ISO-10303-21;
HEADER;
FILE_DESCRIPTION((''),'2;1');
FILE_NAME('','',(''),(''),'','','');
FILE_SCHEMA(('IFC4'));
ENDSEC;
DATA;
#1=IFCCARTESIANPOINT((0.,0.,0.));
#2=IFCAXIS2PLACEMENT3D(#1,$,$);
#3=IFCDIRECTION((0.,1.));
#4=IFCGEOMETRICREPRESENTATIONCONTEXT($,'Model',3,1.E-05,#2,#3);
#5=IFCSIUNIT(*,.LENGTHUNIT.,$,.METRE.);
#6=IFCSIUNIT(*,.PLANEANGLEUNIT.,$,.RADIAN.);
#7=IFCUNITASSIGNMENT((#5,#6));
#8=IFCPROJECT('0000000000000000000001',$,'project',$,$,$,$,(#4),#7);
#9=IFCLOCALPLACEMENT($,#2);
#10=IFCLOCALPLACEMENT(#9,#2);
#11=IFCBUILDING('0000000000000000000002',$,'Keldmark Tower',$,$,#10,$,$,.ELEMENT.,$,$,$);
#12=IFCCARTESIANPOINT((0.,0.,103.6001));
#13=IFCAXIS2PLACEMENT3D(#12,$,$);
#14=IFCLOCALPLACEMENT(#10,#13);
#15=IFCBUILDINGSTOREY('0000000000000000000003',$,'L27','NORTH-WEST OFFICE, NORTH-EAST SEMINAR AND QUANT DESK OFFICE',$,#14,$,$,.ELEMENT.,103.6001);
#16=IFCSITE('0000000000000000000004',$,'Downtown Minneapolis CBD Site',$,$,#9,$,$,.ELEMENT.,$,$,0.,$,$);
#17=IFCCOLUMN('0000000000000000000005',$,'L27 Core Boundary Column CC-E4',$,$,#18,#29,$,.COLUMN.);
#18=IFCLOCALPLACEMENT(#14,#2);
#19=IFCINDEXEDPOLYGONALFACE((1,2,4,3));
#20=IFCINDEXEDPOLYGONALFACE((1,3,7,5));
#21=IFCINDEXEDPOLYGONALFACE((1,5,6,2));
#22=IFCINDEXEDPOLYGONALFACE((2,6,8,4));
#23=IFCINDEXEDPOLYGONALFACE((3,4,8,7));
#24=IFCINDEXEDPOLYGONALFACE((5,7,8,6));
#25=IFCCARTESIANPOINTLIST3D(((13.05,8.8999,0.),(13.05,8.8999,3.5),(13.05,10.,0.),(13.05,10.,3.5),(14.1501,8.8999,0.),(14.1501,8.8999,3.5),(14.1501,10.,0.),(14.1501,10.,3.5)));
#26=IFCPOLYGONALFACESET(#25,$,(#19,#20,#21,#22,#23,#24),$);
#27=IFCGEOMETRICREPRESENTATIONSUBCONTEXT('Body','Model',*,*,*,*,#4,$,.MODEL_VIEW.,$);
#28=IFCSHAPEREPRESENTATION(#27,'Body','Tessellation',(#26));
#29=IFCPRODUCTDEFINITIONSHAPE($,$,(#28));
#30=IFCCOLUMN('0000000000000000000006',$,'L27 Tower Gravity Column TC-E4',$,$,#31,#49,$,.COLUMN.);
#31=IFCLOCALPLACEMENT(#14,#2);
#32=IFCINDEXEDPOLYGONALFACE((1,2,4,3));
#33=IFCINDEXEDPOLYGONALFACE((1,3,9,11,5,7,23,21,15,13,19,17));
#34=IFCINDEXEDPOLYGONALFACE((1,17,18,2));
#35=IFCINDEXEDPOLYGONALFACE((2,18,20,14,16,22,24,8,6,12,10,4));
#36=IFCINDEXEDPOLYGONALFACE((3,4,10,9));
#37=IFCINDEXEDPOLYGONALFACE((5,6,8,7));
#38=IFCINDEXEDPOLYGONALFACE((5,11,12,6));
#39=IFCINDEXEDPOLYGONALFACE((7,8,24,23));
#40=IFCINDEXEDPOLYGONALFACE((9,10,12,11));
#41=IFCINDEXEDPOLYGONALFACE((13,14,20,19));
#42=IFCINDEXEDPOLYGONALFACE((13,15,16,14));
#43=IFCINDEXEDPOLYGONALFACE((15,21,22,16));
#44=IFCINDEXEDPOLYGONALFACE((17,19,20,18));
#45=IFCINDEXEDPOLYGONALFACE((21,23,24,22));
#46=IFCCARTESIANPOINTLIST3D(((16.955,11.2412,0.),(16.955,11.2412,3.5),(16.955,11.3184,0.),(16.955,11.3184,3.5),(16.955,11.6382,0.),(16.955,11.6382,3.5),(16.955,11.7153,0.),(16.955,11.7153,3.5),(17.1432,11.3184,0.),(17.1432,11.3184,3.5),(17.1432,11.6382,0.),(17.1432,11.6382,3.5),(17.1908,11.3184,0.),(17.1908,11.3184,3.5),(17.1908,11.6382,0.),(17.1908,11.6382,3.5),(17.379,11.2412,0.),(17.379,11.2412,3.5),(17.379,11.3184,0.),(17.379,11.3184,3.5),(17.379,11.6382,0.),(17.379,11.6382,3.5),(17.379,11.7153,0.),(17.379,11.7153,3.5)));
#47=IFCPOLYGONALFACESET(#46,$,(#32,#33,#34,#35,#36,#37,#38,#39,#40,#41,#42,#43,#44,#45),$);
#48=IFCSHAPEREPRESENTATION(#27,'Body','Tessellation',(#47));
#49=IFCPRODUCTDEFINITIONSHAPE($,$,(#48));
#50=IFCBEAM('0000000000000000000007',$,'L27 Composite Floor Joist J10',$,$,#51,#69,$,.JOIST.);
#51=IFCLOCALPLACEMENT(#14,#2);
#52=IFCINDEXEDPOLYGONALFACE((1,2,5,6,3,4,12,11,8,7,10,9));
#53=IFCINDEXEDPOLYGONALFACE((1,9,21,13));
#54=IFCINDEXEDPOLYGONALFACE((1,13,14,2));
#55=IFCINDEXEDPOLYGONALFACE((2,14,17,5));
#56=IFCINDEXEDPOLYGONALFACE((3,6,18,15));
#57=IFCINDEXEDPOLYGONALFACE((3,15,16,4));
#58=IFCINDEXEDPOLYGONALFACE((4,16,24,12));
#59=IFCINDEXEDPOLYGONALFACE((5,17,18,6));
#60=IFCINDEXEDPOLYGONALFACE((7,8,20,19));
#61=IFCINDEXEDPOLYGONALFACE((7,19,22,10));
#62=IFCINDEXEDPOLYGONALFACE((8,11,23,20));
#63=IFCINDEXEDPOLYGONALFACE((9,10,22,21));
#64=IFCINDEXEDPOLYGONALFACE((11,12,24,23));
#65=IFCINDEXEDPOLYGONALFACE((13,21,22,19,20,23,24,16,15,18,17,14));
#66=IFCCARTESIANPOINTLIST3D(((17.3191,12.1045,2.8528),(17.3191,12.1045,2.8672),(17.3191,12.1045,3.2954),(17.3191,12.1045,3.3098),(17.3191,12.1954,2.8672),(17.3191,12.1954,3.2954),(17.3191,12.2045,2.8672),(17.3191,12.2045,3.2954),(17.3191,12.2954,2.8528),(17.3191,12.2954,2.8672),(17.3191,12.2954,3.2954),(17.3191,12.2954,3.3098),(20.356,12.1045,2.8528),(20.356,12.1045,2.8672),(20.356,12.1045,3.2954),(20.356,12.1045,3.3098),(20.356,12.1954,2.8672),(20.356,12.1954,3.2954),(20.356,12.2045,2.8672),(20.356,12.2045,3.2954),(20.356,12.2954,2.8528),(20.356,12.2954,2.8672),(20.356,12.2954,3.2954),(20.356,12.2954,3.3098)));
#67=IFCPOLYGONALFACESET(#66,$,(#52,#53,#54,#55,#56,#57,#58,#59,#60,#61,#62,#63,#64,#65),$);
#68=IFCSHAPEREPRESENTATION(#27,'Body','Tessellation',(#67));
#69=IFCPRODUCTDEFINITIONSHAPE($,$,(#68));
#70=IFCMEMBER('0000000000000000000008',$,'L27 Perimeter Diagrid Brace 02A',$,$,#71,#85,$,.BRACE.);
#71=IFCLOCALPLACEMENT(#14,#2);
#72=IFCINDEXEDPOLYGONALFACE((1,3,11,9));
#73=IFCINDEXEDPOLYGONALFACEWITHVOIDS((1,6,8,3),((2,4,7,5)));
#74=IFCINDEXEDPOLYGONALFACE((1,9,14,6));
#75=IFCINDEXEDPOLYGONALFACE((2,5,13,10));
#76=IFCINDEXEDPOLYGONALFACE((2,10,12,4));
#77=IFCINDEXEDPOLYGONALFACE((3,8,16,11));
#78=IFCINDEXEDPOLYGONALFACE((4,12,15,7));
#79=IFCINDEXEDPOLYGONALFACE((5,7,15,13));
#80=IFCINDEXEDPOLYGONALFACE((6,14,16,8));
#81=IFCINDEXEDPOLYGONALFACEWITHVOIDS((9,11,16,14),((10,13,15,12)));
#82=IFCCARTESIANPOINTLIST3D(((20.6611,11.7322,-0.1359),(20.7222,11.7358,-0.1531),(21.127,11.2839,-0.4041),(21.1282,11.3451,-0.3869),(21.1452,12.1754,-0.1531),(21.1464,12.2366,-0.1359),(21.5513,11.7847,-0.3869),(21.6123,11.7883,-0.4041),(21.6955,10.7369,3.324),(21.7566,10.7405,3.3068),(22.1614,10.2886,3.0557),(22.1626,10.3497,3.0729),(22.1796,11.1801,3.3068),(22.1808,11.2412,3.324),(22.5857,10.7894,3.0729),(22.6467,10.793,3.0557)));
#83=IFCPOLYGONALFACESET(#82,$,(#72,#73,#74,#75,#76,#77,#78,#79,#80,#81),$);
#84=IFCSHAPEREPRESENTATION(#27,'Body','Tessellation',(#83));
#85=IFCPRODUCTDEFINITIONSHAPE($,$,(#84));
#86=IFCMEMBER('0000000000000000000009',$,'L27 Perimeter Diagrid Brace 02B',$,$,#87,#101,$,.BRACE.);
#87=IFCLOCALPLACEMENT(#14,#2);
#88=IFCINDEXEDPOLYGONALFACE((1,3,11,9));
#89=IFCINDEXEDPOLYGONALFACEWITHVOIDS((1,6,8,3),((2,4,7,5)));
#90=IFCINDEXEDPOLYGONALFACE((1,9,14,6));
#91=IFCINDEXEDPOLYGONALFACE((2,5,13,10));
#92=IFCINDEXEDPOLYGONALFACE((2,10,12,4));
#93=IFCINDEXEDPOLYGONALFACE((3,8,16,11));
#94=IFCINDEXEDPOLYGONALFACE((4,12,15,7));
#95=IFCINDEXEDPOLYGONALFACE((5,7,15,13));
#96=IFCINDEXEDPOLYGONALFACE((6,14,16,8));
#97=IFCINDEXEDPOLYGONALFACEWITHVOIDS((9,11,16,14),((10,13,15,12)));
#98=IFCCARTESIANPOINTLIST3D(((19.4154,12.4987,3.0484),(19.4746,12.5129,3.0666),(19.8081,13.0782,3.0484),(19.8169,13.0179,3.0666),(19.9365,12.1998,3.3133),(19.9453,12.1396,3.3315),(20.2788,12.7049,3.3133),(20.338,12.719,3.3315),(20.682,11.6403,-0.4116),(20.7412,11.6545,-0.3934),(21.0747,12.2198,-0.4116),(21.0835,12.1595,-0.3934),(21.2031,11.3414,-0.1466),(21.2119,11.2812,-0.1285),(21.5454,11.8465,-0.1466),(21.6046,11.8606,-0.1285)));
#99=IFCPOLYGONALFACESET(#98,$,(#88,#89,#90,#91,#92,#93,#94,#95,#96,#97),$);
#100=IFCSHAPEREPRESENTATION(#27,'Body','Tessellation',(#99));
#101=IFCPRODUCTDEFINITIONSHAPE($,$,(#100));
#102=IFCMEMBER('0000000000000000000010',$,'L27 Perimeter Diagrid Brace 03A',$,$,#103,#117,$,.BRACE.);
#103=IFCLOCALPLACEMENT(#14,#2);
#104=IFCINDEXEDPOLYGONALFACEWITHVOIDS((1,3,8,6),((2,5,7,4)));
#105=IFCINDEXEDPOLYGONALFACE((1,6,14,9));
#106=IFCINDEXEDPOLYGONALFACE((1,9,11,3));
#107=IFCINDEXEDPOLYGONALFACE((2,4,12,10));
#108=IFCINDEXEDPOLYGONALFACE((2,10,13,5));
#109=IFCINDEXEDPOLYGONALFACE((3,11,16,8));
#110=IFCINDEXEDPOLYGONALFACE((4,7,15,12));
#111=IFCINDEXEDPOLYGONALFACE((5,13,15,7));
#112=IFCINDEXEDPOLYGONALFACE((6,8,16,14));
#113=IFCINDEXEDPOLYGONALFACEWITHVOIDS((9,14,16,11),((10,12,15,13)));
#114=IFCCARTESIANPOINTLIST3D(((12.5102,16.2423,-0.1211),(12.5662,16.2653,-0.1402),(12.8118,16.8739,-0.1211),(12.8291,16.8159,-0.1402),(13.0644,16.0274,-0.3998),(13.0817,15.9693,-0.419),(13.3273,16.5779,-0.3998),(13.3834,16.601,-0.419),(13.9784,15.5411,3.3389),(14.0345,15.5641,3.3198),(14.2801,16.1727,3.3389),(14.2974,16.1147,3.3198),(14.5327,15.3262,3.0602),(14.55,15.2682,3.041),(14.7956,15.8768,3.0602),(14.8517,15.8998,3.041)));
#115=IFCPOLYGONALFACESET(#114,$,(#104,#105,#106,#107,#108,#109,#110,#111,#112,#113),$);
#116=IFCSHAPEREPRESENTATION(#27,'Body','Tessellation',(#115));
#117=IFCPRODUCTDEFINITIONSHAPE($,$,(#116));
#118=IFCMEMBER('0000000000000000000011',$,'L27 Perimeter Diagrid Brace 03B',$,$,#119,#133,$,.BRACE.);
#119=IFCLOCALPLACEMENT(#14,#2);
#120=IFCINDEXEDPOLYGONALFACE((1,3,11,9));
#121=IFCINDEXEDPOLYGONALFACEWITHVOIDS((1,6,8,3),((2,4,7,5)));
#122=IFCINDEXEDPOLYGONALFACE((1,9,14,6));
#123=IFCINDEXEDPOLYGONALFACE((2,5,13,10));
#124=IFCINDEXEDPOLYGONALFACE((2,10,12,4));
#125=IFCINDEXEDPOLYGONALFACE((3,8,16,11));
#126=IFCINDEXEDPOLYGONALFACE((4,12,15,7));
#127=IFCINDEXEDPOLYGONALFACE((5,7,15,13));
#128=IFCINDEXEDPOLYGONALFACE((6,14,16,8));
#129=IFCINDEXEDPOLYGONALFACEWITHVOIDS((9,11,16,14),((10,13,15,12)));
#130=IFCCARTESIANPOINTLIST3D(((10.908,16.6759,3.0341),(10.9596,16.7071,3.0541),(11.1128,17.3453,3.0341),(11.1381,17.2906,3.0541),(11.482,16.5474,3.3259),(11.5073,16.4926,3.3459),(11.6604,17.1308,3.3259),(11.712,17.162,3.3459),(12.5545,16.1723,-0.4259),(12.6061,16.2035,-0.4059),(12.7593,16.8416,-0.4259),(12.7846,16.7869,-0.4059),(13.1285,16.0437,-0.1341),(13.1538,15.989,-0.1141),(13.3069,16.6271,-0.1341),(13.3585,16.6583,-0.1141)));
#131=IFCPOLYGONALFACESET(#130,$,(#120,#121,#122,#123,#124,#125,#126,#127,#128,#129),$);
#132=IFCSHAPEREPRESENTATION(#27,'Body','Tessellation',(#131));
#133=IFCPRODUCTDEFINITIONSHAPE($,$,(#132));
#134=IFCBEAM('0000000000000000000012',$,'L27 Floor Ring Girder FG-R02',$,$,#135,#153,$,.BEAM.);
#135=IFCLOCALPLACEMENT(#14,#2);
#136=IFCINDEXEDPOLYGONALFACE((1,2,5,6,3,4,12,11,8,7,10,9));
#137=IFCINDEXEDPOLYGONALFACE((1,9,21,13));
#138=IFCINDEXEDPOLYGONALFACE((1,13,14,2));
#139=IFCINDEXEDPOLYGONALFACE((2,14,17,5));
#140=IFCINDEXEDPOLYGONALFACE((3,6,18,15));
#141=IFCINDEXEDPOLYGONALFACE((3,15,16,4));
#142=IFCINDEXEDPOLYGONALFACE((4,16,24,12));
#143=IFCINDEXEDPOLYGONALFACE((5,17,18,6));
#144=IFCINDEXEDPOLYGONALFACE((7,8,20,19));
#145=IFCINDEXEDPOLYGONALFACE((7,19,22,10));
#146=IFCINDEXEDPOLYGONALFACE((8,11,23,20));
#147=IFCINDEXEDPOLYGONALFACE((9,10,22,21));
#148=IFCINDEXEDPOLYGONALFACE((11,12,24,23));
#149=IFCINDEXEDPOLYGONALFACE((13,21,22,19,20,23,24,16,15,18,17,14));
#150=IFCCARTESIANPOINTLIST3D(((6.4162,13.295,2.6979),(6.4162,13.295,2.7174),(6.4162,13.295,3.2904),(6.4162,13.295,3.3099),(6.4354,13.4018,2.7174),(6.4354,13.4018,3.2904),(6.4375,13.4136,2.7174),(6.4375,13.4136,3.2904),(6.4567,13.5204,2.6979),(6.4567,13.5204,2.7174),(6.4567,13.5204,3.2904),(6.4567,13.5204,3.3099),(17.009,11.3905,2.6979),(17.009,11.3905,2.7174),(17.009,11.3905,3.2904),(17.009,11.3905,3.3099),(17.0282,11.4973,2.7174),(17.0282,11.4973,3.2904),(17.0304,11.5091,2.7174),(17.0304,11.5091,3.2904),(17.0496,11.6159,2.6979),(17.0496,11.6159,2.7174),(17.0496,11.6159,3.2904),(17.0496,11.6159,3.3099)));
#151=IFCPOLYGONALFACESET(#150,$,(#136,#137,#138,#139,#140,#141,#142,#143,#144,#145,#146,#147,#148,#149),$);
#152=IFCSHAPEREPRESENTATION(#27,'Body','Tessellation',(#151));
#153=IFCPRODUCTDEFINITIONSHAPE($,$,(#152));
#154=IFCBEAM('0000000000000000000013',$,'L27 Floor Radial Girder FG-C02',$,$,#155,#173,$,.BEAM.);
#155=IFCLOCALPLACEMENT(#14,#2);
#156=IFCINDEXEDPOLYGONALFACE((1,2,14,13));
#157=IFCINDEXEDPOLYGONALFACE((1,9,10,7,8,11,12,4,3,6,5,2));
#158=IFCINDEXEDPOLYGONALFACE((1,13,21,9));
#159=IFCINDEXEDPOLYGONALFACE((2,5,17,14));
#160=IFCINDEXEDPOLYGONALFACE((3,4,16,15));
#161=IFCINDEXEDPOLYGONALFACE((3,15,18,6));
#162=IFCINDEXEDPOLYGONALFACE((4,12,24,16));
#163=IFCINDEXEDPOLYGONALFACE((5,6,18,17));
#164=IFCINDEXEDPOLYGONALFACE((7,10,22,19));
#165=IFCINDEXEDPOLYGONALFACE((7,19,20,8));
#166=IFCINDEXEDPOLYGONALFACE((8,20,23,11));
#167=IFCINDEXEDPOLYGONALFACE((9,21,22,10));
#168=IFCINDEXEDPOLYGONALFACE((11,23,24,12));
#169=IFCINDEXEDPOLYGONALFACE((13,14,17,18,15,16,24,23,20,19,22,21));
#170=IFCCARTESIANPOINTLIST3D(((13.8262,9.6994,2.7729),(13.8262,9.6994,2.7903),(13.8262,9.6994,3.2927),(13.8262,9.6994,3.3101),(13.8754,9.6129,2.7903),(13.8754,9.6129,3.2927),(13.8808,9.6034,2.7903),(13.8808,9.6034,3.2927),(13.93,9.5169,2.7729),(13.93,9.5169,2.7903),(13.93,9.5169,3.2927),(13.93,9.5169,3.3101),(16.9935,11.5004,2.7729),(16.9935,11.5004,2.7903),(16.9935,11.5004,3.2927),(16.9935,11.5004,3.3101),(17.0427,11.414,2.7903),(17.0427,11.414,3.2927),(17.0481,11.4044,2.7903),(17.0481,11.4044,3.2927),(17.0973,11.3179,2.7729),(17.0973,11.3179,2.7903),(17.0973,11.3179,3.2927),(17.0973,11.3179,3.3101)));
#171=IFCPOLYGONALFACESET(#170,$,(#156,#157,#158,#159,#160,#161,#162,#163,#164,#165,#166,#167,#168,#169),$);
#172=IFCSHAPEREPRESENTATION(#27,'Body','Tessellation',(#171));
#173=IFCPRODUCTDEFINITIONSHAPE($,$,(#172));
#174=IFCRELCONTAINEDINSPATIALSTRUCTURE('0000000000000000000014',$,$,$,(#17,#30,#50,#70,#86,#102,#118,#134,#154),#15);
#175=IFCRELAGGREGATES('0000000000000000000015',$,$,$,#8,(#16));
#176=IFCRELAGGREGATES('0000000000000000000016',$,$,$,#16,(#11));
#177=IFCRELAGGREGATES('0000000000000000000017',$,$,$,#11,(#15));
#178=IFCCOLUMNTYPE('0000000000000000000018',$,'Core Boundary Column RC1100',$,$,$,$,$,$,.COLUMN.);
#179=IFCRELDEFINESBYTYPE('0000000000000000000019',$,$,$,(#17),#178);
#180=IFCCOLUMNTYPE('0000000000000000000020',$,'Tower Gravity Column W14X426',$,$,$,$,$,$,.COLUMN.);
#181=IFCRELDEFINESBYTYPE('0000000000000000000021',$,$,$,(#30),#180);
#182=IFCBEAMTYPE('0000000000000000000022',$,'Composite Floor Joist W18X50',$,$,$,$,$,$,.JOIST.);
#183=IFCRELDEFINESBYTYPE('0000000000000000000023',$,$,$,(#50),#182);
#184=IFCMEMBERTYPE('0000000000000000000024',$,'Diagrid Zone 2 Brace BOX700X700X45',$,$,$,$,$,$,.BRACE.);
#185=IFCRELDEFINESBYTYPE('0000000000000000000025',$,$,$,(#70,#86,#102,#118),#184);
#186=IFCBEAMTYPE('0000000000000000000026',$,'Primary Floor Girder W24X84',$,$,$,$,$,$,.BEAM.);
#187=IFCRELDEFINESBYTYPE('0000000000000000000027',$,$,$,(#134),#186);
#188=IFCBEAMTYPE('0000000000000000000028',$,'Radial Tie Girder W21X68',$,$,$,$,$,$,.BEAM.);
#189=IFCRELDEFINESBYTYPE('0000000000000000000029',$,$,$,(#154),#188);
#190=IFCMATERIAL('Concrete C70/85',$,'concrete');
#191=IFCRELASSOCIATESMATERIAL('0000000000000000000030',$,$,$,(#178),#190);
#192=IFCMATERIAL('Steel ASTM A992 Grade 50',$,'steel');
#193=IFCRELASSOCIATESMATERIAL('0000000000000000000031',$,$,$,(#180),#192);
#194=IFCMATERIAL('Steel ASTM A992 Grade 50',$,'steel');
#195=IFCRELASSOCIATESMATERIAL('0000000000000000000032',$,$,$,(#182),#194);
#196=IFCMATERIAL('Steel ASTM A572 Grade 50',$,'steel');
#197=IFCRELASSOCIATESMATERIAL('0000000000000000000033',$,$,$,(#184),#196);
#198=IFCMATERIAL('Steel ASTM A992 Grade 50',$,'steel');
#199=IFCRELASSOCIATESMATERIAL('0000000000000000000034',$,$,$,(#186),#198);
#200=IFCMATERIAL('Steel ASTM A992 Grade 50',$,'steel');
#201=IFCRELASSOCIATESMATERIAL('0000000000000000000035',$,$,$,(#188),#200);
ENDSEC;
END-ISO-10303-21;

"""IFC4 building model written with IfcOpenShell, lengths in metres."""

from ifc_helpers import new_model, si_unit, direction, frame, origin, origin_2d, place, context, subcontext, project, spatial, rectangle, hollow_rectangle, i_section, extrude, material, material_profile, profile_set, type_object, element, save


model = new_model("IFC4")

# Units and contexts
model_context = context("Model", 3, precision=1e-05, world=origin(), true_north=direction((0.0, 1.0)))
body_context = subcontext(model_context, "Body", "Model", "MODEL_VIEW")
ifc_project = project(units=[si_unit("LENGTHUNIT", "METRE"), si_unit("PLANEANGLEUNIT", "RADIAN")], contexts=[model_context])

# Site, building, storey
site_placement = place(None, origin())
site = spatial("IfcSite", under=ifc_project, at=site_placement, Name="Downtown Minneapolis CBD Site", CompositionType="ELEMENT", RefElevation=0.0)
building_placement = place(site_placement, origin())
building = spatial("IfcBuilding", under=site, at=building_placement, Name="Keldmark Tower", CompositionType="ELEMENT")
storey_placement = place(building_placement, frame((0.0, 0.0, 103.6001)))
storey = spatial("IfcBuildingStorey", under=building, at=storey_placement, Name="L27", Description="NORTH-WEST OFFICE, NORTH-EAST SEMINAR AND QUANT DESK OFFICE", CompositionType="ELEMENT", Elevation=103.6001)

# Columns
ifc_material_1 = material(Name="Concrete C70/85", Category="concrete")
ifc_material_profile_1 = material_profile(ifc_material_1, rectangle(XDim=1.1001, YDim=1.1001, at=origin_2d()), Name="RC1100X1100")
ifc_profile_set_1 = profile_set([ifc_material_profile_1], Name="Concrete C70/85")
column_type_1 = type_object("IfcColumnType", Name="Core Boundary Column RC1100", PredefinedType="COLUMN", material=ifc_profile_set_1)
column_1_placement = place(storey_placement, frame((13.6001, 9.45, 0.0), z_axis=(0.0, 0.0, 1.0), x_axis=(1.0, 0.0, 0.0)))
element("IfcColumn", 1, at=column_1_placement, inside=storey, type_object=column_type_1, Name="L27 Core Boundary Column CC-E4", PredefinedType="COLUMN", context=body_context, shape_type="SweptSolid", body=[
    extrude(rectangle(XDim=1.1001, YDim=1.1001, at=origin_2d()), origin(), (0.0, 0.0, 1.0), 3.5),
])
ifc_material_2 = material(Name="Steel ASTM A992 Grade 50", Category="steel")
ifc_material_profile_2 = material_profile(ifc_material_2, i_section(OverallWidth=0.4241, OverallDepth=0.4741, WebThickness=0.0476, FlangeThickness=0.0771, at=origin_2d()), Name="W14X426")
ifc_profile_set_2 = profile_set([ifc_material_profile_2], Name="Steel ASTM A992 Grade 50")
column_type_2 = type_object("IfcColumnType", Name="Tower Gravity Column W14X426", PredefinedType="COLUMN", material=ifc_profile_set_2)
column_2_placement = place(storey_placement, frame((17.167, 11.4783, 0.0), z_axis=(0.0, 0.0, 1.0), x_axis=(1.0, 0.0, 0.0)))
element("IfcColumn", 2, at=column_2_placement, inside=storey, type_object=column_type_2, Name="L27 Tower Gravity Column TC-E4", PredefinedType="COLUMN", context=body_context, shape_type="SweptSolid", body=[
    extrude(i_section(OverallWidth=0.4241, OverallDepth=0.4741, WebThickness=0.0476, FlangeThickness=0.0771, at=origin_2d()), origin(), (0.0, 0.0, 1.0), 3.5),
])

# Beam
ifc_material_3 = material(Name="Steel ASTM A992 Grade 50", Category="steel")
ifc_material_profile_3 = material_profile(ifc_material_3, i_section(OverallWidth=0.1909, OverallDepth=0.457, WebThickness=0.009, FlangeThickness=0.0144, at=origin_2d()), Name="W18X50")
ifc_profile_set_3 = profile_set([ifc_material_profile_3], Name="Steel ASTM A992 Grade 50")
beam_type_1 = type_object("IfcBeamType", Name="Composite Floor Joist W18X50", PredefinedType="JOIST", material=ifc_profile_set_3)
beam_1_placement = place(storey_placement, frame((17.3191, 12.2, 3.0813), z_axis=(1.0, 0.0, 0.0), x_axis=(0.0, 1.0, 0.0)))
element("IfcBeam", 3, at=beam_1_placement, inside=storey, type_object=beam_type_1, Name="L27 Composite Floor Joist J10", PredefinedType="JOIST", context=body_context, shape_type="SweptSolid", body=[
    extrude(i_section(OverallWidth=0.1909, OverallDepth=0.457, WebThickness=0.009, FlangeThickness=0.0144, at=origin_2d()), origin(), (0.0, 0.0, 1.0), 3.0369),
])

# Members
ifc_material_4 = material(Name="Steel ASTM A572 Grade 50", Category="steel")
ifc_material_profile_4 = material_profile(ifc_material_4, hollow_rectangle(XDim=0.7, YDim=0.7, WallThickness=0.0449, at=origin_2d()), Name="BOX700X700X45")
ifc_profile_set_4 = profile_set([ifc_material_profile_4], Name="Steel ASTM A572 Grade 50")
member_type = type_object("IfcMemberType", Name="Diagrid Zone 2 Brace BOX700X700X45", PredefinedType="BRACE", material=ifc_profile_set_4)
member_1_placement = place(storey_placement, frame((21.1367, 11.7603, -0.27), z_axis=(0.276145, -0.265717, 0.923655), x_axis=(0.69337, 0.720581, 0.0)))
element("IfcMember", 4, at=member_1_placement, inside=storey, type_object=member_type, Name="L27 Perimeter Diagrid Brace 02A", PredefinedType="BRACE", context=body_context, shape_type="SweptSolid", body=[
    extrude(hollow_rectangle(XDim=0.7, YDim=0.7, WallThickness=0.0449, at=origin_2d()), origin(), (0.0, 0.0, 1.0), 3.7458),
])
member_2_placement = place(storey_placement, frame((21.1433, 11.7505, -0.27), z_axis=(-0.334798, 0.226899, 0.914564), x_axis=(-0.561017, -0.827804, 0.0)))
element("IfcMember", 5, at=member_2_placement, inside=storey, type_object=member_type, Name="L27 Perimeter Diagrid Brace 02B", PredefinedType="BRACE", context=body_context, shape_type="SweptSolid", body=[
    extrude(hollow_rectangle(XDim=0.7, YDim=0.7, WallThickness=0.0449, at=origin_2d()), origin(), (0.0, 0.0, 1.0), 3.7832),
])
member_3_placement = place(storey_placement, frame((12.9468, 16.4216, -0.27), z_axis=(0.384015, -0.183387, 0.904932), x_axis=(0.430935, 0.902383, 0.0)))
element("IfcMember", 6, at=member_3_placement, inside=storey, type_object=member_type, Name="L27 Perimeter Diagrid Brace 03A", PredefinedType="BRACE", context=body_context, shape_type="SweptSolid", body=[
    extrude(hollow_rectangle(XDim=0.7, YDim=0.7, WallThickness=0.0449, at=origin_2d()), origin(), (0.0, 0.0, 1.0), 3.8235),
])
member_4_placement = place(storey_placement, frame((12.9565, 16.4153, -0.27), z_axis=(-0.426031, 0.130324, 0.895273), x_axis=(-0.292521, -0.956259, 0.0)))
element("IfcMember", 7, at=member_4_placement, inside=storey, type_object=member_type, Name="L27 Perimeter Diagrid Brace 03B", PredefinedType="BRACE", context=body_context, shape_type="SweptSolid", body=[
    extrude(hollow_rectangle(XDim=0.7, YDim=0.7, WallThickness=0.0449, at=origin_2d()), origin(), (0.0, 0.0, 1.0), 3.8647),
])

# Beams
ifc_material_5 = material(Name="Steel ASTM A992 Grade 50", Category="steel")
ifc_material_profile_5 = material_profile(ifc_material_5, i_section(OverallWidth=0.229, OverallDepth=0.6121, WebThickness=0.012, FlangeThickness=0.0195, at=origin_2d()), Name="W24X84")
ifc_profile_set_5 = profile_set([ifc_material_profile_5], Name="Steel ASTM A992 Grade 50")
beam_type_2 = type_object("IfcBeamType", Name="Primary Floor Girder W24X84", PredefinedType="BEAM", material=ifc_profile_set_5)
beam_2_placement = place(storey_placement, frame((17.0293, 11.5032, 3.0039), z_axis=(-0.984218, 0.176959, 0.0), x_axis=(-0.176959, -0.984218, 0.0)))
element("IfcBeam", 8, at=beam_2_placement, inside=storey, type_object=beam_type_2, Name="L27 Floor Ring Girder FG-R02", PredefinedType="BEAM", context=body_context, shape_type="SweptSolid", body=[
    extrude(i_section(OverallWidth=0.229, OverallDepth=0.6121, WebThickness=0.012, FlangeThickness=0.0195, at=origin_2d()), origin(), (0.0, 0.0, 1.0), 10.7627),
])
ifc_material_6 = material(Name="Steel ASTM A992 Grade 50", Category="steel")
ifc_material_profile_6 = material_profile(ifc_material_6, i_section(OverallWidth=0.21, OverallDepth=0.5371, WebThickness=0.011, FlangeThickness=0.0173, at=origin_2d()), Name="W21X68")
ifc_profile_set_6 = profile_set([ifc_material_profile_6], Name="Steel ASTM A992 Grade 50")
beam_type_3 = type_object("IfcBeamType", Name="Radial Tie Girder W21X68", PredefinedType="BEAM", material=ifc_profile_set_6)
beam_3_placement = place(storey_placement, frame((17.0454, 11.4092, 3.0415), z_axis=(-0.869284, -0.494312, 0.0), x_axis=(0.494312, -0.869284, 0.0)))
element("IfcBeam", 9, at=beam_3_placement, inside=storey, type_object=beam_type_3, Name="L27 Floor Radial Girder FG-C02", PredefinedType="BEAM", context=body_context, shape_type="SweptSolid", body=[
    extrude(i_section(OverallWidth=0.21, OverallDepth=0.5371, WebThickness=0.011, FlangeThickness=0.0173, at=origin_2d()), origin(), (0.0, 0.0, 1.0), 3.6436),
])

save(model, "model.ifc")
